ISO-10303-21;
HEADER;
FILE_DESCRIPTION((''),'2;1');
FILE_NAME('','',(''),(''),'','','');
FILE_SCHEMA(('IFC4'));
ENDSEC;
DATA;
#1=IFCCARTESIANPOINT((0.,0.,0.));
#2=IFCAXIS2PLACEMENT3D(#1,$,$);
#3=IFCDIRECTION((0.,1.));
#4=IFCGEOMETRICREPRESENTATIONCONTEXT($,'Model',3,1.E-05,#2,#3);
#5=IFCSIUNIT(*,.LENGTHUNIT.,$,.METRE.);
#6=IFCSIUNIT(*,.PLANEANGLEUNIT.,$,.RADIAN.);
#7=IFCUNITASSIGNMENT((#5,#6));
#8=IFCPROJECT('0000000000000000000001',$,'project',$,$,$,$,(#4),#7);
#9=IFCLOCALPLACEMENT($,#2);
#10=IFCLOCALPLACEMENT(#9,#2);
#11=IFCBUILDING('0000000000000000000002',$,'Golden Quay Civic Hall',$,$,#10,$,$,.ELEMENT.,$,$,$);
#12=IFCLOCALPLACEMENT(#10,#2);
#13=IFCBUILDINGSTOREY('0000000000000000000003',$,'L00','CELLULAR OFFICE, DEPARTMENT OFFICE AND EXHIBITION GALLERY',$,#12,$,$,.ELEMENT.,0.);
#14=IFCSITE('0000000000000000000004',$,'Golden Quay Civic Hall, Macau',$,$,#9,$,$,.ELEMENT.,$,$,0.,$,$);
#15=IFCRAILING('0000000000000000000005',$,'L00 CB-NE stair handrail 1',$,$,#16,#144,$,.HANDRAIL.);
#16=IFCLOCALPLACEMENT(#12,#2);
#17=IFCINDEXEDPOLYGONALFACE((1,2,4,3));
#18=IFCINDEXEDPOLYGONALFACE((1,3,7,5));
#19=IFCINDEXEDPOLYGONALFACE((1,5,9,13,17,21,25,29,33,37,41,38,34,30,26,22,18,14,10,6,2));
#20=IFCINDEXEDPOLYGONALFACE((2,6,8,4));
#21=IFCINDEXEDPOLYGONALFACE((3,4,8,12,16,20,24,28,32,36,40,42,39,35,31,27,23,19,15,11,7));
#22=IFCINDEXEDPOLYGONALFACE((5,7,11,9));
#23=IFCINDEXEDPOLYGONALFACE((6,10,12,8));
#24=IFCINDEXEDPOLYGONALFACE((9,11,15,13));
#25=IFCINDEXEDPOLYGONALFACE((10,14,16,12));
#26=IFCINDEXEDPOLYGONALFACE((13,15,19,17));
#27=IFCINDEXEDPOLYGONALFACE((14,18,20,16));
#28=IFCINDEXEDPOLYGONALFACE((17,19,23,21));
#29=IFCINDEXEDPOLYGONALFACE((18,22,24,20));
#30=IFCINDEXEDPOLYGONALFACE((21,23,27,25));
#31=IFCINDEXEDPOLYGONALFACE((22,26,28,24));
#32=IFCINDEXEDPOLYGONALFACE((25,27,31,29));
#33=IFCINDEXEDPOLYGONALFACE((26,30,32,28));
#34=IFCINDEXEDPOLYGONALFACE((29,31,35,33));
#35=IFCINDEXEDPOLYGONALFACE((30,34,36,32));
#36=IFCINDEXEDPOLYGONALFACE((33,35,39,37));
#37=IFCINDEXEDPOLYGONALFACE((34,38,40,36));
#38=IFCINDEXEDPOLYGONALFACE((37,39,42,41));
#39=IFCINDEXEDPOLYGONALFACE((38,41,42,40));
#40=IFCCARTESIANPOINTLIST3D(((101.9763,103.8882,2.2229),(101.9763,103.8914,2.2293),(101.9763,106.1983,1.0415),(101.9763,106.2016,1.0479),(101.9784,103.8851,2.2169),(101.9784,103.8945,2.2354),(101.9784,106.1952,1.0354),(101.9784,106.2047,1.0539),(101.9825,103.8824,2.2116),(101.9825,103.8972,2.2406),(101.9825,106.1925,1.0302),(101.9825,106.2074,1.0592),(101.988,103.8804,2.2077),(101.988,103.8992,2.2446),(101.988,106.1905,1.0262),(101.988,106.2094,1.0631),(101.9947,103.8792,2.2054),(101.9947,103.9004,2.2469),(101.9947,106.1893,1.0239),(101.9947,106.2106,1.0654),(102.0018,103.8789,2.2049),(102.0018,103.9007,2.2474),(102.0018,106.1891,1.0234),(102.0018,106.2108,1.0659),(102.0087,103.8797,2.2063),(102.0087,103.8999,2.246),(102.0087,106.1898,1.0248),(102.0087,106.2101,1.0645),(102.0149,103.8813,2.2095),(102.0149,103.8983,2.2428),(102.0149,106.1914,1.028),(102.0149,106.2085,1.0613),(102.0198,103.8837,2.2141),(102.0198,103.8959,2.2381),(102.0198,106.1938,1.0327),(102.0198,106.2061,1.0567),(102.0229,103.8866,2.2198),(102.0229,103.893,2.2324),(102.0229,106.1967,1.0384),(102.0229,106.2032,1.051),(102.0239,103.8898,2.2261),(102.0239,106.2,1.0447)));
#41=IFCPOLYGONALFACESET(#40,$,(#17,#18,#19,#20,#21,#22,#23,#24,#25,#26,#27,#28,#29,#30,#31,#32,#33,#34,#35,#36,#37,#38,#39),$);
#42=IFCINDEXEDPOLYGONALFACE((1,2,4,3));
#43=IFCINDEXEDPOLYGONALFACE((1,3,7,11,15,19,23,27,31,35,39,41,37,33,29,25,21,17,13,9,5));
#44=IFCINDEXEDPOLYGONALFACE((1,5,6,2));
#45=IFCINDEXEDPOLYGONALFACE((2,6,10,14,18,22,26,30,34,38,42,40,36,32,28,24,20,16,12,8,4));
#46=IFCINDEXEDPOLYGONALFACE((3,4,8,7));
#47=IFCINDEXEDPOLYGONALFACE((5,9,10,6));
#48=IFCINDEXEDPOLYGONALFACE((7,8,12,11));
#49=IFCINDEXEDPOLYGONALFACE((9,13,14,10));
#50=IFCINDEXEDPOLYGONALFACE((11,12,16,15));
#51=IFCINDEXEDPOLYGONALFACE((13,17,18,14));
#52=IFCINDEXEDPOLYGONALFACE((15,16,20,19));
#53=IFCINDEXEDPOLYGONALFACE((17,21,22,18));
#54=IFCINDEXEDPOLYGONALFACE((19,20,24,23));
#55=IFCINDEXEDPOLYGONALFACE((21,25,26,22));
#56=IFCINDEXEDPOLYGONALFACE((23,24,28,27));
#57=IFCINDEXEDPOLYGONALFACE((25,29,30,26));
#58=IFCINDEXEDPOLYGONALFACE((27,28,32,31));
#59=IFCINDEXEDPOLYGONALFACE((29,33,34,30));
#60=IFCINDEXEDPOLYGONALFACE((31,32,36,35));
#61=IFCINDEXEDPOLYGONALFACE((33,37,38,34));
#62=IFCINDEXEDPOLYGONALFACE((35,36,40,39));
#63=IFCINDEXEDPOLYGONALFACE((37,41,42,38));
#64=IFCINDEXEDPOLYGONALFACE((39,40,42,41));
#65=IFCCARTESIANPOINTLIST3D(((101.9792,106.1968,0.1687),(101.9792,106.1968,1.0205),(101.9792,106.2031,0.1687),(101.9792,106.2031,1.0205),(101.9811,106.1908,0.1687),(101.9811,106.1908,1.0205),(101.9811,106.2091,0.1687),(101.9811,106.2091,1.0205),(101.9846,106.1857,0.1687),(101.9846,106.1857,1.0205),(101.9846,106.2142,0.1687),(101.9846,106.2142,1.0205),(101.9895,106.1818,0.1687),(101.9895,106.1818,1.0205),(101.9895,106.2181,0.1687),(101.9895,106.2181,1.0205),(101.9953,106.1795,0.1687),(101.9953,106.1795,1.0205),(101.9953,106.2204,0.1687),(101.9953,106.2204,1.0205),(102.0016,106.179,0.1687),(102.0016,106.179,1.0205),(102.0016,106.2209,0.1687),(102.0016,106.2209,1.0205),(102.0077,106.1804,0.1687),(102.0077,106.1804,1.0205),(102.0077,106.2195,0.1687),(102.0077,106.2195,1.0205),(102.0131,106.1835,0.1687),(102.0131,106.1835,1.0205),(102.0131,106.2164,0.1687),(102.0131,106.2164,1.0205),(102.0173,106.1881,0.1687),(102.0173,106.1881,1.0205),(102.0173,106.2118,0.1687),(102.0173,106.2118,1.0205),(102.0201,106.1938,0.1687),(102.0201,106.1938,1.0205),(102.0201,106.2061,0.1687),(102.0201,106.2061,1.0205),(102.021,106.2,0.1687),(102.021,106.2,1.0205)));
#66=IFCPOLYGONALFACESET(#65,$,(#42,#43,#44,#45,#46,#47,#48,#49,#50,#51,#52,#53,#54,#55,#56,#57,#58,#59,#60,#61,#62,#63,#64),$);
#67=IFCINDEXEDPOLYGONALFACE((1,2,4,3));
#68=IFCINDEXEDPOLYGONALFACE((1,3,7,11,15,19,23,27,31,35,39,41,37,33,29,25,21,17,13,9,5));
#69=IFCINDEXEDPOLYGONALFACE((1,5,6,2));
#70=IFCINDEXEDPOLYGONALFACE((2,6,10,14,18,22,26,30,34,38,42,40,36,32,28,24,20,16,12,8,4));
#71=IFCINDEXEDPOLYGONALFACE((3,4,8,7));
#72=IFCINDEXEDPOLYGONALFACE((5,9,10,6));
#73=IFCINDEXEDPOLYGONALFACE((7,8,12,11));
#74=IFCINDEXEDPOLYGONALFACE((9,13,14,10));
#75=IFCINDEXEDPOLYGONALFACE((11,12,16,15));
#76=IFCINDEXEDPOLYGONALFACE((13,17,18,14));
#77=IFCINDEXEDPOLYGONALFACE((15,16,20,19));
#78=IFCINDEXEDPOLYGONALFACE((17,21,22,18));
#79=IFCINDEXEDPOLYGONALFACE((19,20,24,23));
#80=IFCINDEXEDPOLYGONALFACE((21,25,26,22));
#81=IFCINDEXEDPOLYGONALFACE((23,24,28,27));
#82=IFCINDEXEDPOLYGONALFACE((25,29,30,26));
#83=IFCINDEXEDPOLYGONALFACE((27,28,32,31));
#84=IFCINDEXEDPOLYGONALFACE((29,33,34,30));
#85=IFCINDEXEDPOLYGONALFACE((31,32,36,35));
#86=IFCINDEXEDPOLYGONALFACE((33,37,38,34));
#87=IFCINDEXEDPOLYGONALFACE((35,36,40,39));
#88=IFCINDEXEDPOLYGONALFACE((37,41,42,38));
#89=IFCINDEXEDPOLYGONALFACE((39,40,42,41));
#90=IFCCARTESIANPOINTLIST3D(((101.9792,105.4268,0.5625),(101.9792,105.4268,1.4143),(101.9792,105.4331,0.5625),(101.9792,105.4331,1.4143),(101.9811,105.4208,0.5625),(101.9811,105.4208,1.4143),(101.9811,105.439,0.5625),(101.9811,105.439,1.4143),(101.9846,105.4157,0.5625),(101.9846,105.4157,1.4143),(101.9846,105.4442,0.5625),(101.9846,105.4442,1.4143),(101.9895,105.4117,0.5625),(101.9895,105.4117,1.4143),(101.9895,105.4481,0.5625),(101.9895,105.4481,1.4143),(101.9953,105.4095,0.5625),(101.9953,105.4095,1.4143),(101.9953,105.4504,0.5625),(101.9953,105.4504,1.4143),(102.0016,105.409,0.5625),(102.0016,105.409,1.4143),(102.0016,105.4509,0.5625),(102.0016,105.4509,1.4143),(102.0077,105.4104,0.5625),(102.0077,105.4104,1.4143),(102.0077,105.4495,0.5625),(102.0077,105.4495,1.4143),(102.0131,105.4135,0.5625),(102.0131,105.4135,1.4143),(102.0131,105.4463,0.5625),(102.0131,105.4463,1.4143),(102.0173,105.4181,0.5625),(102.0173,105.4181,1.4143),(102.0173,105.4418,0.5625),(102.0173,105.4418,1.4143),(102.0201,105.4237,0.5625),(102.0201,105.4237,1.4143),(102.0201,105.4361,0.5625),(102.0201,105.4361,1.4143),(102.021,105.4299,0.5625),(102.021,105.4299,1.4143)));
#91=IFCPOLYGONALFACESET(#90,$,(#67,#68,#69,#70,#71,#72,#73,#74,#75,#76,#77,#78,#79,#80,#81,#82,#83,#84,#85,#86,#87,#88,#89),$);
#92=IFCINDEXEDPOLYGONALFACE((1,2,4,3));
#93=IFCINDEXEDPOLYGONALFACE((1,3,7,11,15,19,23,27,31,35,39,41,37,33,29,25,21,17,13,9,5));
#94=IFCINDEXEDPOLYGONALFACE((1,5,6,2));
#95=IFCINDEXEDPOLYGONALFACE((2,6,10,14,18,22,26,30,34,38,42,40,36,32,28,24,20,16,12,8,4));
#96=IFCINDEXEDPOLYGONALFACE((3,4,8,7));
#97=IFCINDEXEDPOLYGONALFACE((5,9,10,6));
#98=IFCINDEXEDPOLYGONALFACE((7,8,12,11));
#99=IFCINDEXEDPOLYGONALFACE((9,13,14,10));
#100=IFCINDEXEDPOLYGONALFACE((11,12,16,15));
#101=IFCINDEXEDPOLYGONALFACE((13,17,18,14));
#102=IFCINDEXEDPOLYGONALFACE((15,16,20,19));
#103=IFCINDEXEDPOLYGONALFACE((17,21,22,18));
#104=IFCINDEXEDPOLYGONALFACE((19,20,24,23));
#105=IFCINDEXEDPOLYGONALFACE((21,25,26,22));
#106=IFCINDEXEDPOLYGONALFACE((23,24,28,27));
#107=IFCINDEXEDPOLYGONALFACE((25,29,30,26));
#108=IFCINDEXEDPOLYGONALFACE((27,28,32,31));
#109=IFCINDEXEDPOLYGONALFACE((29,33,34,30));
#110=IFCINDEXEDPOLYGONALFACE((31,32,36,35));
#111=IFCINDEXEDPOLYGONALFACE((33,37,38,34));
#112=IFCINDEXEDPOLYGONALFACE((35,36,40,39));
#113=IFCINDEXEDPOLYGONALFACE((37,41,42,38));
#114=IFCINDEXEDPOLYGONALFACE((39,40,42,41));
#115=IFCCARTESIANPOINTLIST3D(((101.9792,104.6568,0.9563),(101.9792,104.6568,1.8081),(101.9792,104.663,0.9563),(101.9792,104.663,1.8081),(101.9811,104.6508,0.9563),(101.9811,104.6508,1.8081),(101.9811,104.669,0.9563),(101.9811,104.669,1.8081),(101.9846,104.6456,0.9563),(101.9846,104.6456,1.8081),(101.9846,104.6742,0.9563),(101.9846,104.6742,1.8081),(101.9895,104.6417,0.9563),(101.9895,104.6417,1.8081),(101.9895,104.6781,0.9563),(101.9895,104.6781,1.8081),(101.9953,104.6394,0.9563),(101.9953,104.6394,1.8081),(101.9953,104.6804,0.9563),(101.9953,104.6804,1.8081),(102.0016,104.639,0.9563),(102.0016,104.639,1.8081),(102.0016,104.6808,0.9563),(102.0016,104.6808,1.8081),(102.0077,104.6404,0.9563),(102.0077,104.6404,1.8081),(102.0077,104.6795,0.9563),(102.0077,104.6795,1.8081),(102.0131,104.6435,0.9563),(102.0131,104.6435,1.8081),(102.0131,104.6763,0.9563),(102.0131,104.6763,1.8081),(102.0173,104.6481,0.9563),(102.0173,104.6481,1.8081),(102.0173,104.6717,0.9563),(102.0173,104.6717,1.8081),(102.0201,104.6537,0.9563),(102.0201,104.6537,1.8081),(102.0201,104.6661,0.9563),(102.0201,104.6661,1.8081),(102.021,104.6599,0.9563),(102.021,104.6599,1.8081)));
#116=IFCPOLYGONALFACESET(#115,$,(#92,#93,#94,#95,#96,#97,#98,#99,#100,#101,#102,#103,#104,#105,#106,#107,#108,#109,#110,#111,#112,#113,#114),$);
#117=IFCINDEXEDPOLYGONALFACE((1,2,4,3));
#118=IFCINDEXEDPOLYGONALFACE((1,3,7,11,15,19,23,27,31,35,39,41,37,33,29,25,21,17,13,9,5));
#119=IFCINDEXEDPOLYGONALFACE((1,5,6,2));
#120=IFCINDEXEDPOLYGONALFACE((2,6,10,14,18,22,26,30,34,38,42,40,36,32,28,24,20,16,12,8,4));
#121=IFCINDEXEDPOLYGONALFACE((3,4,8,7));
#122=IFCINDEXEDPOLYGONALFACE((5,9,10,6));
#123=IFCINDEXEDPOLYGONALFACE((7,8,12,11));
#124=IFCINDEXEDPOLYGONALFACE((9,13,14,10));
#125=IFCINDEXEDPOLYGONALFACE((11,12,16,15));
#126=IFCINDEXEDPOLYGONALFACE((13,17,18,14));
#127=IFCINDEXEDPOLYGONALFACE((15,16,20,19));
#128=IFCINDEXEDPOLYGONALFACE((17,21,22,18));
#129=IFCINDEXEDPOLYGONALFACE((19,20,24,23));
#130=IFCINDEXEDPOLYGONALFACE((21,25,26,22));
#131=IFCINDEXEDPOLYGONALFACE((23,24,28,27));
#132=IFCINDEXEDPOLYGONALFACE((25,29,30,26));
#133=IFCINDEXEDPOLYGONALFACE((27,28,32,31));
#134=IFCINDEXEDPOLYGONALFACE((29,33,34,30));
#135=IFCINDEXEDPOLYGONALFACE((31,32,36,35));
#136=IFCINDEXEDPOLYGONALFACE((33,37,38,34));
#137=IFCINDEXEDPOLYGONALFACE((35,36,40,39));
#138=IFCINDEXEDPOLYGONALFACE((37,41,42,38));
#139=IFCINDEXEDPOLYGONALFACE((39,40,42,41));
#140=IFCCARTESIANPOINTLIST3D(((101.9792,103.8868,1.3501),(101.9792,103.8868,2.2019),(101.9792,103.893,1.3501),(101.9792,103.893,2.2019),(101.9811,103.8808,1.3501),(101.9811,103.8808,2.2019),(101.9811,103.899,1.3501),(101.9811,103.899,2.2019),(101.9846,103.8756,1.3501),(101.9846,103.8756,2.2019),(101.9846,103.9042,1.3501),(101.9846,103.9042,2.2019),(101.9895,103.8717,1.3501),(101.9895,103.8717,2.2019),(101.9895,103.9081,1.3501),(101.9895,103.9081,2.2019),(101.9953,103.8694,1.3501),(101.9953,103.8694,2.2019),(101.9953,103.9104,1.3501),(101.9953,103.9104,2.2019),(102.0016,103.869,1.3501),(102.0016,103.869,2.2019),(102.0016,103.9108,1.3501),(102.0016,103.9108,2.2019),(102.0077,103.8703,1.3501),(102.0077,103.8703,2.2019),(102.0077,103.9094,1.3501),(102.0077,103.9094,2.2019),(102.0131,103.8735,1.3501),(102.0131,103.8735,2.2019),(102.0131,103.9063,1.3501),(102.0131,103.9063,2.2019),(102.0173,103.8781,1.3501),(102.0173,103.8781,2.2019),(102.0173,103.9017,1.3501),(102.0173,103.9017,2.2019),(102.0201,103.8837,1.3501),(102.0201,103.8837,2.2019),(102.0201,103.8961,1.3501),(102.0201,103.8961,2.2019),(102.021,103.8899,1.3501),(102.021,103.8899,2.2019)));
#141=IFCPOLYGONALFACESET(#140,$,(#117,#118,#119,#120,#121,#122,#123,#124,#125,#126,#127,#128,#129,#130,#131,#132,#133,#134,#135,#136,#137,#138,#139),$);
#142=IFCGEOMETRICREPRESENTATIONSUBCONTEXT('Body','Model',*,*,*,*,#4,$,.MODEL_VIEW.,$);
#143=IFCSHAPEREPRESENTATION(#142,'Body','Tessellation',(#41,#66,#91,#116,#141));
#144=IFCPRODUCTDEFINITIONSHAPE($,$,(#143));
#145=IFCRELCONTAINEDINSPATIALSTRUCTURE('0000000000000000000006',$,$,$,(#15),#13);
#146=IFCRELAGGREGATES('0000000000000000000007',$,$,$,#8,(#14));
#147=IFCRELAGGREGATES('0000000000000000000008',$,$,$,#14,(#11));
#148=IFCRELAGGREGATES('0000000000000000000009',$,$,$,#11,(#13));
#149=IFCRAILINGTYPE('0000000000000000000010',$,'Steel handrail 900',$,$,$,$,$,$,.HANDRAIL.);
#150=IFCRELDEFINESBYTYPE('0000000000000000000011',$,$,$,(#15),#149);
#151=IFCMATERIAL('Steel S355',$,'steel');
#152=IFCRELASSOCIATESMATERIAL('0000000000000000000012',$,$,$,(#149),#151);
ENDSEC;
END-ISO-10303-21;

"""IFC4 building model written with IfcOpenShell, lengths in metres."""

from ifc_helpers import new_model, si_unit, direction, frame, origin, origin_2d, place, context, subcontext, project, spatial, circle, extrude, material, type_object, element, save


model = new_model("IFC4")

# Units and contexts
model_context = context("Model", 3, precision=1e-05, world=origin(), true_north=direction((0.0, 1.0)))
body_context = subcontext(model_context, "Body", "Model", "MODEL_VIEW")
ifc_project = project(units=[si_unit("LENGTHUNIT", "METRE"), si_unit("PLANEANGLEUNIT", "RADIAN")], contexts=[model_context])

# Site, building, storey
site_placement = place(None, origin())
site = spatial("IfcSite", under=ifc_project, at=site_placement, Name="Golden Quay Civic Hall, Macau", CompositionType="ELEMENT", RefElevation=0.0)
building_placement = place(site_placement, origin())
building = spatial("IfcBuilding", under=site, at=building_placement, Name="Golden Quay Civic Hall", CompositionType="ELEMENT")
storey_placement = place(building_placement, origin())
storey = spatial("IfcBuildingStorey", under=building, at=storey_placement, Name="L00", Description="CELLULAR OFFICE, DEPARTMENT OFFICE AND EXHIBITION GALLERY", CompositionType="ELEMENT", Elevation=0.0)

# Railing
ifc_material_1 = material(Name="Steel S355", Category="steel")
railing_type_1 = type_object("IfcRailingType", Name="Steel handrail 900", PredefinedType="HANDRAIL", material=ifc_material_1)
railing_1_placement = place(storey_placement, frame((102.0, 106.2, 0.1687)))
element("IfcRailing", 1, at=railing_1_placement, inside=storey, type_object=railing_type_1, Name="L00 CB-NE stair handrail 1", PredefinedType="HANDRAIL", context=body_context, shape_type="SweptSolid", body=[
    extrude(circle(Radius=0.0239, at=origin_2d()), frame((0.0, 0.0, 0.876), z_axis=(0.0, -0.890325, 0.455325), x_axis=(1.0, 0.0, 0.0)), (0.0, 0.0, 1.0), 2.5947),
    extrude(circle(Radius=0.021, at=origin_2d()), origin(), (0.0, 0.0, 1.0), 0.8518),
    extrude(circle(Radius=0.021, at=origin_2d()), frame((0.0, -0.77, 0.3938)), (0.0, 0.0, 1.0), 0.8518),
    extrude(circle(Radius=0.021, at=origin_2d()), frame((0.0, -1.54, 0.7876)), (0.0, 0.0, 1.0), 0.8518),
    extrude(circle(Radius=0.021, at=origin_2d()), frame((0.0, -2.3101, 1.1814)), (0.0, 0.0, 1.0), 0.8518),
])

save(model, "model.ifc")
